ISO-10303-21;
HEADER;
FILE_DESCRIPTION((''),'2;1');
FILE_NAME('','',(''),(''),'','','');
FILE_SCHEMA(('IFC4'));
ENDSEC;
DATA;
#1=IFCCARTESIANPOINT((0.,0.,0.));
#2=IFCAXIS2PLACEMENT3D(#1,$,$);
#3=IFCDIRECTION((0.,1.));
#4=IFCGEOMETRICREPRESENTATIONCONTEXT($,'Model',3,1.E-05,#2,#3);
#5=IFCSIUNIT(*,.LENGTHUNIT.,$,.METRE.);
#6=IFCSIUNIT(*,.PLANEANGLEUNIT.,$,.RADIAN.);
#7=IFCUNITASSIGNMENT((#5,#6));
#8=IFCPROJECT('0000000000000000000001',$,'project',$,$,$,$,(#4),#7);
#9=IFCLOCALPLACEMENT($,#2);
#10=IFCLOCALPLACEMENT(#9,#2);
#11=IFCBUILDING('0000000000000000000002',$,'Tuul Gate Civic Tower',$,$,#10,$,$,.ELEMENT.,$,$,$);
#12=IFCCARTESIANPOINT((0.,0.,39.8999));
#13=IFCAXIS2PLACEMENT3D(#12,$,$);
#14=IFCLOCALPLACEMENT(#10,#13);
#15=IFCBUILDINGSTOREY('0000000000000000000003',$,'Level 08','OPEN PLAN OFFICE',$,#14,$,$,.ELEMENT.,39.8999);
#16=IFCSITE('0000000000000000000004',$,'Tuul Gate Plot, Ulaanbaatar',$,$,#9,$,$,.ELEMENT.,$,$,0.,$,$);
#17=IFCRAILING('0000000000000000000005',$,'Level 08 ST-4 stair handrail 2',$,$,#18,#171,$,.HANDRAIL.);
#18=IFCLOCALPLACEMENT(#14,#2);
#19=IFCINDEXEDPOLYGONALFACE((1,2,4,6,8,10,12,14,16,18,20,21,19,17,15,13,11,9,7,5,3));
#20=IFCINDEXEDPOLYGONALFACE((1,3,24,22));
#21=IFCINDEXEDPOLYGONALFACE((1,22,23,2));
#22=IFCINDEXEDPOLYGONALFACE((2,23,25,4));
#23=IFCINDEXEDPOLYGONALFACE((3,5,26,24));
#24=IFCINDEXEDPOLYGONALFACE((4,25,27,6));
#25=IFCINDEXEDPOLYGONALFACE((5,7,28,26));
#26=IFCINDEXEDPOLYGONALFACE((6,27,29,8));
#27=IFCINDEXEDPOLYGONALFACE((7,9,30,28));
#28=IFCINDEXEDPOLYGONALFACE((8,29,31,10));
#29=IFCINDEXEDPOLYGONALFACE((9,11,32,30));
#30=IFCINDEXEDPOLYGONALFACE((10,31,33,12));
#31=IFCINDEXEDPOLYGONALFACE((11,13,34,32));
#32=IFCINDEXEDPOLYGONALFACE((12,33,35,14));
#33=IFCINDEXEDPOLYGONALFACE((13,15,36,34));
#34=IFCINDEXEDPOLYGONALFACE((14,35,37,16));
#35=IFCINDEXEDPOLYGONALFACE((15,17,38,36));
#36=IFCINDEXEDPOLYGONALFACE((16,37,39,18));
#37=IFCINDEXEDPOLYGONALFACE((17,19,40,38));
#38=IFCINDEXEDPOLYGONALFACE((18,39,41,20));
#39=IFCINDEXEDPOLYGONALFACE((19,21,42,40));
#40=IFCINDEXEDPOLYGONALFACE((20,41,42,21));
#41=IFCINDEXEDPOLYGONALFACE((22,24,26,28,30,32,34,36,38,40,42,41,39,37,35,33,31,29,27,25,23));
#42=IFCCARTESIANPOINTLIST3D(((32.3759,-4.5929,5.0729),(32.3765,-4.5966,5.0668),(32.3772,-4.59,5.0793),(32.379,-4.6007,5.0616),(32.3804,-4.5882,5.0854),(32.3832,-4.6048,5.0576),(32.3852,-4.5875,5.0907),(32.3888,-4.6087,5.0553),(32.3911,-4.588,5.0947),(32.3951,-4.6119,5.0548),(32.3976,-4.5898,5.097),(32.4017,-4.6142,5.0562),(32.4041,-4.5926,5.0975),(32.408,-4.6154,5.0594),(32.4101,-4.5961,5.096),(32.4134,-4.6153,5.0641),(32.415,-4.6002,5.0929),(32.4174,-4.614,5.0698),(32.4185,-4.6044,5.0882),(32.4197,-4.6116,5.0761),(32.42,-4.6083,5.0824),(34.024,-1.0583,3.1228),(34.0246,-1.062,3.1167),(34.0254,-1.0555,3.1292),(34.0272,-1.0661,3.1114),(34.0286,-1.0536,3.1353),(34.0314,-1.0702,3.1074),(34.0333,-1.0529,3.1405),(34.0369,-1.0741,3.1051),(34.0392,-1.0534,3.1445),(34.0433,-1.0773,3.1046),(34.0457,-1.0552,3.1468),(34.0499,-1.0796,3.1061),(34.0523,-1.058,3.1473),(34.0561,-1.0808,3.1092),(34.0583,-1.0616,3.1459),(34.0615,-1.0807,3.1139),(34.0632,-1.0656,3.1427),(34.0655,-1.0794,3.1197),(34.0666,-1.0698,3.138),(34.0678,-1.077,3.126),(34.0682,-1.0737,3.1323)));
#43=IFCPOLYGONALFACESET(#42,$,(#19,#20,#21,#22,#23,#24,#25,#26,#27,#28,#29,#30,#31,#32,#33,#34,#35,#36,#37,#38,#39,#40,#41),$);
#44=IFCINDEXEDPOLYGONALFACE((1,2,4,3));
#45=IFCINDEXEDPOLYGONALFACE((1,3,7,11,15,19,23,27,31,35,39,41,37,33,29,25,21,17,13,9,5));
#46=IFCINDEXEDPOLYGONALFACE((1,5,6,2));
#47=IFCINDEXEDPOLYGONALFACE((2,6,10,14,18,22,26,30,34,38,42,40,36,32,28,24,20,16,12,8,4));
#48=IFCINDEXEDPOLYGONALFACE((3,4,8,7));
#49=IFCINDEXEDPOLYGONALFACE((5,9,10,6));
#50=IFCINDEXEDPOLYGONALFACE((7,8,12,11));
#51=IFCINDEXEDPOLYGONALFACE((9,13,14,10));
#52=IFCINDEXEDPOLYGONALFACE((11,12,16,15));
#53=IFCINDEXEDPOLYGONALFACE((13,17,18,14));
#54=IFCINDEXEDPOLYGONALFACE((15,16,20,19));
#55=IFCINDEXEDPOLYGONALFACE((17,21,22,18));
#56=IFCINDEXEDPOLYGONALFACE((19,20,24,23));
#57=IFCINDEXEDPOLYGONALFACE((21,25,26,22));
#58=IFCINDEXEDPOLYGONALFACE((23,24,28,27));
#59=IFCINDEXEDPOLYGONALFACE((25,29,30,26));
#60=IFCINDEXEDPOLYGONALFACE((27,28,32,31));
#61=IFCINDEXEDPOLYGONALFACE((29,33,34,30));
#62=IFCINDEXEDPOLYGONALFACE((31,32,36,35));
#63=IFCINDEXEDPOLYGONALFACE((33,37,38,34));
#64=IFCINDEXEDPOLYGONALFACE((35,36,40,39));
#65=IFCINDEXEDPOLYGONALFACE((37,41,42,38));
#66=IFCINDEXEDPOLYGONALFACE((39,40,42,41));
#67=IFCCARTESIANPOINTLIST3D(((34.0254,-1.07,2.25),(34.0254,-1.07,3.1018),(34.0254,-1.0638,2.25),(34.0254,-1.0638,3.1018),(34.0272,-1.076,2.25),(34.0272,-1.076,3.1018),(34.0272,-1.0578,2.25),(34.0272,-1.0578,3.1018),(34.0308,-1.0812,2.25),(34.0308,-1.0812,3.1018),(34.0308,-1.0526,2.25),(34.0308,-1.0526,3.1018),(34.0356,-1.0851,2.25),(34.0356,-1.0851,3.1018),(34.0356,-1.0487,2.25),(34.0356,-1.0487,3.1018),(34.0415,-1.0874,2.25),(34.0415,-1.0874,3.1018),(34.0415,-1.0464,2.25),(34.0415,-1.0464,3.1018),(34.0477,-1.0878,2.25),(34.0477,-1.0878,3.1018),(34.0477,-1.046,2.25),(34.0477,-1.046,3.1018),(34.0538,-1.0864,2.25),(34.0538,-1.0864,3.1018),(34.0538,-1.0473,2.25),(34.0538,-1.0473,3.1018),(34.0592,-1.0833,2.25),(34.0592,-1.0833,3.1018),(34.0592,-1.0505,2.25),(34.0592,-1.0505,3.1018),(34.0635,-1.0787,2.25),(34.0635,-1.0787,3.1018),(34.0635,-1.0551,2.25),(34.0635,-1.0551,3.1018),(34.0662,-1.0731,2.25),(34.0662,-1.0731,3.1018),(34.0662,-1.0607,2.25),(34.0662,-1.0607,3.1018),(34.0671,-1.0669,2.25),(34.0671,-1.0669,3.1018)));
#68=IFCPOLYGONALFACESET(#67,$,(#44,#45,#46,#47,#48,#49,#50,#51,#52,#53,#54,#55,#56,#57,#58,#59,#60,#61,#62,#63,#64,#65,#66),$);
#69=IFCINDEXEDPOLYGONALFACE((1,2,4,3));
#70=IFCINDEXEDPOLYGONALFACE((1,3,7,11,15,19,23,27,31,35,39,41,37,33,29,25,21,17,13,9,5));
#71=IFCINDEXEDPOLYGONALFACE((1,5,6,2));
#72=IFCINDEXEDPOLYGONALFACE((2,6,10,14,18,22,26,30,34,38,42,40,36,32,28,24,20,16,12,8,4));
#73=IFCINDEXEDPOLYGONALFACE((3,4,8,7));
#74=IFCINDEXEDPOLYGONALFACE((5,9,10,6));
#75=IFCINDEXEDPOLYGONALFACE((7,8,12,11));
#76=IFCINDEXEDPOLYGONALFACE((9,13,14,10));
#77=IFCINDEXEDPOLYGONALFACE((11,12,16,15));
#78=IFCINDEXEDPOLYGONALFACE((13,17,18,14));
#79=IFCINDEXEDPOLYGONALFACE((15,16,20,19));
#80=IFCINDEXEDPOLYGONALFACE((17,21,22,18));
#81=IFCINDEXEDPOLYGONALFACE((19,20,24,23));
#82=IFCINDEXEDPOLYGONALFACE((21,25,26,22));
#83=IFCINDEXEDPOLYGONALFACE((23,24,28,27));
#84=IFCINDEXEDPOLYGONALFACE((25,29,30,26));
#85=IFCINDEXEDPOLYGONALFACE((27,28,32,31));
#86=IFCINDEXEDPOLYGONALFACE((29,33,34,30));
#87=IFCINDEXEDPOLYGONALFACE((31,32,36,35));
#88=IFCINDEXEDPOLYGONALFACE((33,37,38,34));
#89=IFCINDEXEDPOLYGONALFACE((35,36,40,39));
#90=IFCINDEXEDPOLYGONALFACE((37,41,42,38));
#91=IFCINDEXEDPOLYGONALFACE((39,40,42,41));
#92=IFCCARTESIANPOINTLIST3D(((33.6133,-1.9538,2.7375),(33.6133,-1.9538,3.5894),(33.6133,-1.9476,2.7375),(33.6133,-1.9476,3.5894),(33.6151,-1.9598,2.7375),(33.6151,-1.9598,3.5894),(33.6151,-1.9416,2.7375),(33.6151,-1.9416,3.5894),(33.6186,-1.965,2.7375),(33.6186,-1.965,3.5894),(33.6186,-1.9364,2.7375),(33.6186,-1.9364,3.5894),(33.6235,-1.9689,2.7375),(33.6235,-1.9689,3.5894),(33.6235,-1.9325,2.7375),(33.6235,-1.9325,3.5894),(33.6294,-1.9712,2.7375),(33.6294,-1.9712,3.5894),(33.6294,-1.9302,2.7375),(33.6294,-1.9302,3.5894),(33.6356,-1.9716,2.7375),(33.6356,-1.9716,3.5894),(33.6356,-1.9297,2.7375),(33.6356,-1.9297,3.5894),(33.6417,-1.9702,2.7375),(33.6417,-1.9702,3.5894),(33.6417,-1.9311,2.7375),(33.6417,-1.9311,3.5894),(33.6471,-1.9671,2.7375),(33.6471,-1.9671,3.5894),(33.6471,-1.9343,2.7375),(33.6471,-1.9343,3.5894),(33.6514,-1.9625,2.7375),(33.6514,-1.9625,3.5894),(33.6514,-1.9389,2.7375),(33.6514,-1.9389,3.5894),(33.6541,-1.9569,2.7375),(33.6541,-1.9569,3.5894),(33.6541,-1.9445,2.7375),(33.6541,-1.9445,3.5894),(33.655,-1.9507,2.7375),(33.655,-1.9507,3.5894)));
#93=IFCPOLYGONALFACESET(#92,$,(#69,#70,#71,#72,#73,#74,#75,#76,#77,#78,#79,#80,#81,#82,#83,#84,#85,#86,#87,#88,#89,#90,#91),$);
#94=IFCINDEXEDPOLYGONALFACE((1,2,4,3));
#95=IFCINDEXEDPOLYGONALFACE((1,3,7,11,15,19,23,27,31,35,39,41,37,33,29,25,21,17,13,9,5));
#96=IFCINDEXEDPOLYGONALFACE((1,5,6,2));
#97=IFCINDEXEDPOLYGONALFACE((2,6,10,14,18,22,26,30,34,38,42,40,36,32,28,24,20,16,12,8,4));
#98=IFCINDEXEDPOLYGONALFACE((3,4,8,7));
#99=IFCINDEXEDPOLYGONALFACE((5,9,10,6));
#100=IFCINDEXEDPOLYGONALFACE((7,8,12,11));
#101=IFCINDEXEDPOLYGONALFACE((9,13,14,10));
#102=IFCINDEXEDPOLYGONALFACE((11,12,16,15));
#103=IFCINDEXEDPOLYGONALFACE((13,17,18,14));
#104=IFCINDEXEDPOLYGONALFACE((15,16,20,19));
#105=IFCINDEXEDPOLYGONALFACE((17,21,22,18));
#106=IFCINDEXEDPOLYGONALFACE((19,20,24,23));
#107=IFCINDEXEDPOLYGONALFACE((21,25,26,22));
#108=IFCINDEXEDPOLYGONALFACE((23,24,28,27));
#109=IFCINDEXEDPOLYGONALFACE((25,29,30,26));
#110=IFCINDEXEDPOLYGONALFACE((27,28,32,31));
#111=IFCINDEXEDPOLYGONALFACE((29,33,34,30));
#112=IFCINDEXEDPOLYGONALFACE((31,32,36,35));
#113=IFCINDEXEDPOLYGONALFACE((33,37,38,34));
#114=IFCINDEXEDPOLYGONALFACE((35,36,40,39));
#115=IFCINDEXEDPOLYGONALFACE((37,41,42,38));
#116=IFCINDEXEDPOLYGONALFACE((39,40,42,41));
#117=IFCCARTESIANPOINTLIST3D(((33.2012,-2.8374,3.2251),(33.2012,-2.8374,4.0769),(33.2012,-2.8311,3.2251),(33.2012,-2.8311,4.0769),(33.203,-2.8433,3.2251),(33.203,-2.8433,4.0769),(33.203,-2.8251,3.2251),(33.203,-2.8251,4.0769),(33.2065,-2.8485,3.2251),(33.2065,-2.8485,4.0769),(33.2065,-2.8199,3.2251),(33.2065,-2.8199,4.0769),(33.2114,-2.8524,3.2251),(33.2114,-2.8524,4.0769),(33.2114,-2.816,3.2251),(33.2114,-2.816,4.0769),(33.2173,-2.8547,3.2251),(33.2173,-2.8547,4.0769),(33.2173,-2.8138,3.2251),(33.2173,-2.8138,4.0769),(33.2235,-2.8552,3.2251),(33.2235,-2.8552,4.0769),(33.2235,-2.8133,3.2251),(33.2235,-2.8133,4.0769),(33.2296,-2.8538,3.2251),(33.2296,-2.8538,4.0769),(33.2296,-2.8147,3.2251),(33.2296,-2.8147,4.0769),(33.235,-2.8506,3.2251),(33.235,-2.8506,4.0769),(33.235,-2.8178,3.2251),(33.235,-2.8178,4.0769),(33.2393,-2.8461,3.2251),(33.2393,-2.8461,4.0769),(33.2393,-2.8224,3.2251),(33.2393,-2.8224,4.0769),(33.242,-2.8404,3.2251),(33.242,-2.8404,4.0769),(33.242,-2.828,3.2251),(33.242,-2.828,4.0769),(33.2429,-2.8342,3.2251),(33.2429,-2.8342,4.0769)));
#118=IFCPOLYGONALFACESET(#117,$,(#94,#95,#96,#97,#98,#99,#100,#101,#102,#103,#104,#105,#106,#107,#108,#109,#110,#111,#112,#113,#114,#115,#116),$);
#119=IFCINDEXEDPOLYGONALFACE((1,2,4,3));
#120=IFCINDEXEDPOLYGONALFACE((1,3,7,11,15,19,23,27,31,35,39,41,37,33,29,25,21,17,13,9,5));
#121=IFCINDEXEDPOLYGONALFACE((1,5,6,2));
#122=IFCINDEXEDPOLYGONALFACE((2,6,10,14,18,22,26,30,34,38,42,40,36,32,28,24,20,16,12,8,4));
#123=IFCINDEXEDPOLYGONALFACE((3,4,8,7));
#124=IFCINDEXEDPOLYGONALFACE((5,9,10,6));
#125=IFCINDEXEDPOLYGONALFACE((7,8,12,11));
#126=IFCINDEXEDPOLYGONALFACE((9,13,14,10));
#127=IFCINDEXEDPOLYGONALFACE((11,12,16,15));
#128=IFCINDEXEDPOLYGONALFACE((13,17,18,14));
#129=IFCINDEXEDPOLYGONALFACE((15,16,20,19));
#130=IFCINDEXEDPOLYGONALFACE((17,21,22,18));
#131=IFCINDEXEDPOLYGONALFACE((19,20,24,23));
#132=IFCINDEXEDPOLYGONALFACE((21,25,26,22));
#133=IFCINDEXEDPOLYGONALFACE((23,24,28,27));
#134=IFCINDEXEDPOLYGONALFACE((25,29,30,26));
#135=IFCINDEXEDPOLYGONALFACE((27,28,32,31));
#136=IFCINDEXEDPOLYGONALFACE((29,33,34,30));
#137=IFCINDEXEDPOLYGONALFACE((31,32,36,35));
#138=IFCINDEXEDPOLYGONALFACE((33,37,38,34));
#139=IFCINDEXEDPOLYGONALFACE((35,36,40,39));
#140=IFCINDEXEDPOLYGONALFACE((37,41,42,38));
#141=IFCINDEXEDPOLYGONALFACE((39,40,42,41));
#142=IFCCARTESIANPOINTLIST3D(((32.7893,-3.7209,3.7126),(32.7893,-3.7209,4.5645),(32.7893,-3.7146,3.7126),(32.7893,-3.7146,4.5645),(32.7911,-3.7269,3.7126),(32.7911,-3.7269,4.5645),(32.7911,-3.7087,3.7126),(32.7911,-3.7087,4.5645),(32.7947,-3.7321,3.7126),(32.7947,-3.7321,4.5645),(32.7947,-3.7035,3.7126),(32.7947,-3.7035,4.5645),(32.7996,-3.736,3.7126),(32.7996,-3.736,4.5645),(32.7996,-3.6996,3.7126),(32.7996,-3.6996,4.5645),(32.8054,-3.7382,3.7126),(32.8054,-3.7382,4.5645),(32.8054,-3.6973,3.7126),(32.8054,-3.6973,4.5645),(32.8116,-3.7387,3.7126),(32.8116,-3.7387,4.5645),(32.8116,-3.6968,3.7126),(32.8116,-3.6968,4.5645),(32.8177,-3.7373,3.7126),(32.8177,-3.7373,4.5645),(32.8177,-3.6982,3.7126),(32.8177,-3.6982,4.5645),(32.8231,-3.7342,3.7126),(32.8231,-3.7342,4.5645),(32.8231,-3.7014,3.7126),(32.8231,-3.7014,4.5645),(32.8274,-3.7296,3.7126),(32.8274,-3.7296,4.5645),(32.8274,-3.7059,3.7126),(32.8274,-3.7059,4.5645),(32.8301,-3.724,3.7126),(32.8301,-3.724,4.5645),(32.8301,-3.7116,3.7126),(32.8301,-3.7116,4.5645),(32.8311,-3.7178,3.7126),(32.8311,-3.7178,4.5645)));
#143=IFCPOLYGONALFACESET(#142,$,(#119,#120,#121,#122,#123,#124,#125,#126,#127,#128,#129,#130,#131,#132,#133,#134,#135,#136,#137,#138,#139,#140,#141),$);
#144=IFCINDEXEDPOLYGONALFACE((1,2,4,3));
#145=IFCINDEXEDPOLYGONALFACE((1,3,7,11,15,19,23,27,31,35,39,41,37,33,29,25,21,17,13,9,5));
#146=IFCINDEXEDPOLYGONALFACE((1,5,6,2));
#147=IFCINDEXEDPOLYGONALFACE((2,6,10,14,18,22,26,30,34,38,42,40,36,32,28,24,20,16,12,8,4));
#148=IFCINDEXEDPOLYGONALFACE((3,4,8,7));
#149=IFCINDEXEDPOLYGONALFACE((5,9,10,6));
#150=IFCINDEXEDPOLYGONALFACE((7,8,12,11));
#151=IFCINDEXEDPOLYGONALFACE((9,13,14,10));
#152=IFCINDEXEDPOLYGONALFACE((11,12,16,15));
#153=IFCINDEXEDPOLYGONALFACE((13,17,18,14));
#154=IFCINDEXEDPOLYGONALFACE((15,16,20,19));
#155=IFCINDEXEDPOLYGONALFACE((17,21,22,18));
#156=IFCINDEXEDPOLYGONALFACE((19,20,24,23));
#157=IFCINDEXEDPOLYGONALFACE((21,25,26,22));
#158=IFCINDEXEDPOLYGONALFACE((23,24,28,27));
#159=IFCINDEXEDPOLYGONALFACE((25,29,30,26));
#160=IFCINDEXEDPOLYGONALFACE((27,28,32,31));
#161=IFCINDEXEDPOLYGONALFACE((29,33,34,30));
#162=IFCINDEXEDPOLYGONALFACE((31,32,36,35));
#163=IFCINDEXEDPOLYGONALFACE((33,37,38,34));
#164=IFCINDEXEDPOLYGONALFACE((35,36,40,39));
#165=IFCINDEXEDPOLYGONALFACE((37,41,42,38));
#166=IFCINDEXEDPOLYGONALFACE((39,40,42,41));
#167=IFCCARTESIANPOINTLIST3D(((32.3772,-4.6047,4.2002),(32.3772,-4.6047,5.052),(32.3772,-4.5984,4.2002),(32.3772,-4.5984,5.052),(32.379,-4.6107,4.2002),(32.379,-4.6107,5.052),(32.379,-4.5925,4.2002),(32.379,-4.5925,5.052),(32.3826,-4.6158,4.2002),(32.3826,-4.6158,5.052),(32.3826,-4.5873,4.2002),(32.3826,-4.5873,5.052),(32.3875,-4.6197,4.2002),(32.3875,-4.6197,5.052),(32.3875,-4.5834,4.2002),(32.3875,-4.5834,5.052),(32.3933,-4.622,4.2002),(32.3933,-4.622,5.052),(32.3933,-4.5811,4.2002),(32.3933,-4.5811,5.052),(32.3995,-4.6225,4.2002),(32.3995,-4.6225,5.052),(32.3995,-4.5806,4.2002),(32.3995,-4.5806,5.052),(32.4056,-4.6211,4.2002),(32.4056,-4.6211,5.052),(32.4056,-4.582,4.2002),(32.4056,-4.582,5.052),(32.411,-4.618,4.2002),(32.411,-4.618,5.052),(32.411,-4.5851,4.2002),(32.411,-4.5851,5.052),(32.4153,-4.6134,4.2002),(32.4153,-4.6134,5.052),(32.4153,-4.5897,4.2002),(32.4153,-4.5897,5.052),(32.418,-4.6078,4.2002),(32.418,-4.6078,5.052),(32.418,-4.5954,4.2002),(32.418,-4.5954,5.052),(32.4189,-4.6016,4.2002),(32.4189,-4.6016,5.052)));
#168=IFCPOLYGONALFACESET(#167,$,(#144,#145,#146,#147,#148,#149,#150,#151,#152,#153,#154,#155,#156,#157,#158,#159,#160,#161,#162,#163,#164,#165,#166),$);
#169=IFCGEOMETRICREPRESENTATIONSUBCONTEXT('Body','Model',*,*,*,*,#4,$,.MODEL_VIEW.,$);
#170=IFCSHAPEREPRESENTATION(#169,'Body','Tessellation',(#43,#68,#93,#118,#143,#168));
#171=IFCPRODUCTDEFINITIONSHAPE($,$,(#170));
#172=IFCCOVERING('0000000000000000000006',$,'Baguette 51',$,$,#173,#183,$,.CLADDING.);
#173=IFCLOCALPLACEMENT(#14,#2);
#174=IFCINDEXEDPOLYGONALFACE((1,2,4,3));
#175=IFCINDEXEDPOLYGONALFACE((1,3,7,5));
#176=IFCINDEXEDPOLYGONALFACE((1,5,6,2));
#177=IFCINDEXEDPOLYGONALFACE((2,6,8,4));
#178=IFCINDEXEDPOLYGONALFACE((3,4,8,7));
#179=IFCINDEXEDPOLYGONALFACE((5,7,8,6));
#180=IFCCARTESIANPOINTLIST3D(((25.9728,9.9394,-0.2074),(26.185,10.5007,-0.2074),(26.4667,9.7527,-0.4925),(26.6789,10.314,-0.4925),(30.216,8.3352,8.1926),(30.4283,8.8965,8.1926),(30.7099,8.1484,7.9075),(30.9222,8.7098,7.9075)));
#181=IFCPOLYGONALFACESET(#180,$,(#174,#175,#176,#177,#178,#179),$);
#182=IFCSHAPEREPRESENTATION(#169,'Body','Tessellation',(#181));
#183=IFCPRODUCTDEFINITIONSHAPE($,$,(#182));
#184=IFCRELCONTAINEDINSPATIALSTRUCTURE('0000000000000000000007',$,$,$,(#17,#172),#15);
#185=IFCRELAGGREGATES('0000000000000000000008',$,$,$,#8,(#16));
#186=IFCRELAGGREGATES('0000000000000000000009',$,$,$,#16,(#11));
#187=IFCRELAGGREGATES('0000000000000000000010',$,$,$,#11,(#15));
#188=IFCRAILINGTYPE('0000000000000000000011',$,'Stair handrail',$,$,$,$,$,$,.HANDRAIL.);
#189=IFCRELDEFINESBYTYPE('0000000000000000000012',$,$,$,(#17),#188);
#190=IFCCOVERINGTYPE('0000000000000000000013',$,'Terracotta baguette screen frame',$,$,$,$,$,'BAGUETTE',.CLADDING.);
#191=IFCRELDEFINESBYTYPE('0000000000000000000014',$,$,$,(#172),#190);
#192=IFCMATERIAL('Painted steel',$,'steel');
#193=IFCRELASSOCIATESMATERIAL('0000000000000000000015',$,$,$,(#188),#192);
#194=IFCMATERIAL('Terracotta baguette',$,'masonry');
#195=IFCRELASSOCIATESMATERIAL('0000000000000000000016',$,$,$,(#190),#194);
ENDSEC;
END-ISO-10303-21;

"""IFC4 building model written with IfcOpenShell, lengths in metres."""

from ifc_helpers import new_model, si_unit, direction, frame, origin, origin_2d, place, context, subcontext, project, spatial, rectangle, circle, extrude, material, material_profile, profile_set, type_object, element, save


model = new_model("IFC4")

# Units and contexts
model_context = context("Model", 3, precision=1e-05, world=origin(), true_north=direction((0.0, 1.0)))
body_context = subcontext(model_context, "Body", "Model", "MODEL_VIEW")
ifc_project = project(units=[si_unit("LENGTHUNIT", "METRE"), si_unit("PLANEANGLEUNIT", "RADIAN")], contexts=[model_context])

# Site, building, storey
site_placement = place(None, origin())
site = spatial("IfcSite", under=ifc_project, at=site_placement, Name="Tuul Gate Plot, Ulaanbaatar", CompositionType="ELEMENT", RefElevation=0.0)
building_placement = place(site_placement, origin())
building = spatial("IfcBuilding", under=site, at=building_placement, Name="Tuul Gate Civic Tower", CompositionType="ELEMENT")
storey_placement = place(building_placement, frame((0.0, 0.0, 39.8999)))
storey = spatial("IfcBuildingStorey", under=building, at=storey_placement, Name="Level 08", Description="OPEN PLAN OFFICE", CompositionType="ELEMENT", Elevation=39.8999)

# Railing
ifc_material_1 = material(Name="Painted steel", Category="steel")
railing_type_1 = type_object("IfcRailingType", Name="Stair handrail", PredefinedType="HANDRAIL", material=ifc_material_1)
railing_1_placement = place(storey_placement, frame((34.0461, -1.0669, 2.25)))
element("IfcRailing", 1, at=railing_1_placement, inside=storey, type_object=railing_type_1, Name="Level 08 ST-4 stair handrail 2", PredefinedType="HANDRAIL", context=body_context, shape_type="SweptSolid", body=[
    extrude(circle(Radius=0.0239, at=origin_2d()), frame((0.0, 0.0, 0.876), z_axis=(-0.377985, -0.810617, 0.447245), x_axis=(0.906313, -0.422608, 0.0)), (0.0, 0.0, 1.0), 4.3604),
    extrude(circle(Radius=0.021, at=origin_2d()), origin(), (0.0, 0.0, 1.0), 0.8518),
    extrude(circle(Radius=0.021, at=origin_2d()), frame((-0.4121, -0.8838, 0.4875)), (0.0, 0.0, 1.0), 0.8518),
    extrude(circle(Radius=0.021, at=origin_2d()), frame((-0.8242, -1.7673, 0.9751)), (0.0, 0.0, 1.0), 0.8518),
    extrude(circle(Radius=0.021, at=origin_2d()), frame((-1.2361, -2.6509, 1.4626)), (0.0, 0.0, 1.0), 0.8518),
    extrude(circle(Radius=0.021, at=origin_2d()), frame((-1.6482, -3.5347, 1.9502)), (0.0, 0.0, 1.0), 0.8518),
])

# Covering
ifc_material_2 = material(Name="Terracotta baguette", Category="masonry")
ifc_material_profile_1 = material_profile(ifc_material_2, rectangle(XDim=0.6001, YDim=0.6001, at=origin_2d()), Name="Terracotta baguette screen frame")
ifc_profile_set_1 = profile_set([ifc_material_profile_1], Name="Terracotta baguette")
covering_type = type_object("IfcCoveringType", Name="Terracotta baguette screen frame", ElementType="BAGUETTE", PredefinedType="CLADDING", material=ifc_profile_set_1)
covering_placement = place(storey_placement, frame((30.5691, 8.5225, 8.05), z_axis=(-0.444471, 0.168045, -0.87989), x_axis=(-0.353647, -0.935379, 0.0)))
element("IfcCovering", 2, at=covering_placement, inside=storey, type_object=covering_type, Name="Baguette 51", PredefinedType="CLADDING", context=body_context, shape_type="SweptSolid", body=[
    extrude(rectangle(XDim=0.6001, YDim=0.6001, at=origin_2d()), origin(), (0.0, 0.0, 1.0), 9.5466),
])

save(model, "model.ifc")
